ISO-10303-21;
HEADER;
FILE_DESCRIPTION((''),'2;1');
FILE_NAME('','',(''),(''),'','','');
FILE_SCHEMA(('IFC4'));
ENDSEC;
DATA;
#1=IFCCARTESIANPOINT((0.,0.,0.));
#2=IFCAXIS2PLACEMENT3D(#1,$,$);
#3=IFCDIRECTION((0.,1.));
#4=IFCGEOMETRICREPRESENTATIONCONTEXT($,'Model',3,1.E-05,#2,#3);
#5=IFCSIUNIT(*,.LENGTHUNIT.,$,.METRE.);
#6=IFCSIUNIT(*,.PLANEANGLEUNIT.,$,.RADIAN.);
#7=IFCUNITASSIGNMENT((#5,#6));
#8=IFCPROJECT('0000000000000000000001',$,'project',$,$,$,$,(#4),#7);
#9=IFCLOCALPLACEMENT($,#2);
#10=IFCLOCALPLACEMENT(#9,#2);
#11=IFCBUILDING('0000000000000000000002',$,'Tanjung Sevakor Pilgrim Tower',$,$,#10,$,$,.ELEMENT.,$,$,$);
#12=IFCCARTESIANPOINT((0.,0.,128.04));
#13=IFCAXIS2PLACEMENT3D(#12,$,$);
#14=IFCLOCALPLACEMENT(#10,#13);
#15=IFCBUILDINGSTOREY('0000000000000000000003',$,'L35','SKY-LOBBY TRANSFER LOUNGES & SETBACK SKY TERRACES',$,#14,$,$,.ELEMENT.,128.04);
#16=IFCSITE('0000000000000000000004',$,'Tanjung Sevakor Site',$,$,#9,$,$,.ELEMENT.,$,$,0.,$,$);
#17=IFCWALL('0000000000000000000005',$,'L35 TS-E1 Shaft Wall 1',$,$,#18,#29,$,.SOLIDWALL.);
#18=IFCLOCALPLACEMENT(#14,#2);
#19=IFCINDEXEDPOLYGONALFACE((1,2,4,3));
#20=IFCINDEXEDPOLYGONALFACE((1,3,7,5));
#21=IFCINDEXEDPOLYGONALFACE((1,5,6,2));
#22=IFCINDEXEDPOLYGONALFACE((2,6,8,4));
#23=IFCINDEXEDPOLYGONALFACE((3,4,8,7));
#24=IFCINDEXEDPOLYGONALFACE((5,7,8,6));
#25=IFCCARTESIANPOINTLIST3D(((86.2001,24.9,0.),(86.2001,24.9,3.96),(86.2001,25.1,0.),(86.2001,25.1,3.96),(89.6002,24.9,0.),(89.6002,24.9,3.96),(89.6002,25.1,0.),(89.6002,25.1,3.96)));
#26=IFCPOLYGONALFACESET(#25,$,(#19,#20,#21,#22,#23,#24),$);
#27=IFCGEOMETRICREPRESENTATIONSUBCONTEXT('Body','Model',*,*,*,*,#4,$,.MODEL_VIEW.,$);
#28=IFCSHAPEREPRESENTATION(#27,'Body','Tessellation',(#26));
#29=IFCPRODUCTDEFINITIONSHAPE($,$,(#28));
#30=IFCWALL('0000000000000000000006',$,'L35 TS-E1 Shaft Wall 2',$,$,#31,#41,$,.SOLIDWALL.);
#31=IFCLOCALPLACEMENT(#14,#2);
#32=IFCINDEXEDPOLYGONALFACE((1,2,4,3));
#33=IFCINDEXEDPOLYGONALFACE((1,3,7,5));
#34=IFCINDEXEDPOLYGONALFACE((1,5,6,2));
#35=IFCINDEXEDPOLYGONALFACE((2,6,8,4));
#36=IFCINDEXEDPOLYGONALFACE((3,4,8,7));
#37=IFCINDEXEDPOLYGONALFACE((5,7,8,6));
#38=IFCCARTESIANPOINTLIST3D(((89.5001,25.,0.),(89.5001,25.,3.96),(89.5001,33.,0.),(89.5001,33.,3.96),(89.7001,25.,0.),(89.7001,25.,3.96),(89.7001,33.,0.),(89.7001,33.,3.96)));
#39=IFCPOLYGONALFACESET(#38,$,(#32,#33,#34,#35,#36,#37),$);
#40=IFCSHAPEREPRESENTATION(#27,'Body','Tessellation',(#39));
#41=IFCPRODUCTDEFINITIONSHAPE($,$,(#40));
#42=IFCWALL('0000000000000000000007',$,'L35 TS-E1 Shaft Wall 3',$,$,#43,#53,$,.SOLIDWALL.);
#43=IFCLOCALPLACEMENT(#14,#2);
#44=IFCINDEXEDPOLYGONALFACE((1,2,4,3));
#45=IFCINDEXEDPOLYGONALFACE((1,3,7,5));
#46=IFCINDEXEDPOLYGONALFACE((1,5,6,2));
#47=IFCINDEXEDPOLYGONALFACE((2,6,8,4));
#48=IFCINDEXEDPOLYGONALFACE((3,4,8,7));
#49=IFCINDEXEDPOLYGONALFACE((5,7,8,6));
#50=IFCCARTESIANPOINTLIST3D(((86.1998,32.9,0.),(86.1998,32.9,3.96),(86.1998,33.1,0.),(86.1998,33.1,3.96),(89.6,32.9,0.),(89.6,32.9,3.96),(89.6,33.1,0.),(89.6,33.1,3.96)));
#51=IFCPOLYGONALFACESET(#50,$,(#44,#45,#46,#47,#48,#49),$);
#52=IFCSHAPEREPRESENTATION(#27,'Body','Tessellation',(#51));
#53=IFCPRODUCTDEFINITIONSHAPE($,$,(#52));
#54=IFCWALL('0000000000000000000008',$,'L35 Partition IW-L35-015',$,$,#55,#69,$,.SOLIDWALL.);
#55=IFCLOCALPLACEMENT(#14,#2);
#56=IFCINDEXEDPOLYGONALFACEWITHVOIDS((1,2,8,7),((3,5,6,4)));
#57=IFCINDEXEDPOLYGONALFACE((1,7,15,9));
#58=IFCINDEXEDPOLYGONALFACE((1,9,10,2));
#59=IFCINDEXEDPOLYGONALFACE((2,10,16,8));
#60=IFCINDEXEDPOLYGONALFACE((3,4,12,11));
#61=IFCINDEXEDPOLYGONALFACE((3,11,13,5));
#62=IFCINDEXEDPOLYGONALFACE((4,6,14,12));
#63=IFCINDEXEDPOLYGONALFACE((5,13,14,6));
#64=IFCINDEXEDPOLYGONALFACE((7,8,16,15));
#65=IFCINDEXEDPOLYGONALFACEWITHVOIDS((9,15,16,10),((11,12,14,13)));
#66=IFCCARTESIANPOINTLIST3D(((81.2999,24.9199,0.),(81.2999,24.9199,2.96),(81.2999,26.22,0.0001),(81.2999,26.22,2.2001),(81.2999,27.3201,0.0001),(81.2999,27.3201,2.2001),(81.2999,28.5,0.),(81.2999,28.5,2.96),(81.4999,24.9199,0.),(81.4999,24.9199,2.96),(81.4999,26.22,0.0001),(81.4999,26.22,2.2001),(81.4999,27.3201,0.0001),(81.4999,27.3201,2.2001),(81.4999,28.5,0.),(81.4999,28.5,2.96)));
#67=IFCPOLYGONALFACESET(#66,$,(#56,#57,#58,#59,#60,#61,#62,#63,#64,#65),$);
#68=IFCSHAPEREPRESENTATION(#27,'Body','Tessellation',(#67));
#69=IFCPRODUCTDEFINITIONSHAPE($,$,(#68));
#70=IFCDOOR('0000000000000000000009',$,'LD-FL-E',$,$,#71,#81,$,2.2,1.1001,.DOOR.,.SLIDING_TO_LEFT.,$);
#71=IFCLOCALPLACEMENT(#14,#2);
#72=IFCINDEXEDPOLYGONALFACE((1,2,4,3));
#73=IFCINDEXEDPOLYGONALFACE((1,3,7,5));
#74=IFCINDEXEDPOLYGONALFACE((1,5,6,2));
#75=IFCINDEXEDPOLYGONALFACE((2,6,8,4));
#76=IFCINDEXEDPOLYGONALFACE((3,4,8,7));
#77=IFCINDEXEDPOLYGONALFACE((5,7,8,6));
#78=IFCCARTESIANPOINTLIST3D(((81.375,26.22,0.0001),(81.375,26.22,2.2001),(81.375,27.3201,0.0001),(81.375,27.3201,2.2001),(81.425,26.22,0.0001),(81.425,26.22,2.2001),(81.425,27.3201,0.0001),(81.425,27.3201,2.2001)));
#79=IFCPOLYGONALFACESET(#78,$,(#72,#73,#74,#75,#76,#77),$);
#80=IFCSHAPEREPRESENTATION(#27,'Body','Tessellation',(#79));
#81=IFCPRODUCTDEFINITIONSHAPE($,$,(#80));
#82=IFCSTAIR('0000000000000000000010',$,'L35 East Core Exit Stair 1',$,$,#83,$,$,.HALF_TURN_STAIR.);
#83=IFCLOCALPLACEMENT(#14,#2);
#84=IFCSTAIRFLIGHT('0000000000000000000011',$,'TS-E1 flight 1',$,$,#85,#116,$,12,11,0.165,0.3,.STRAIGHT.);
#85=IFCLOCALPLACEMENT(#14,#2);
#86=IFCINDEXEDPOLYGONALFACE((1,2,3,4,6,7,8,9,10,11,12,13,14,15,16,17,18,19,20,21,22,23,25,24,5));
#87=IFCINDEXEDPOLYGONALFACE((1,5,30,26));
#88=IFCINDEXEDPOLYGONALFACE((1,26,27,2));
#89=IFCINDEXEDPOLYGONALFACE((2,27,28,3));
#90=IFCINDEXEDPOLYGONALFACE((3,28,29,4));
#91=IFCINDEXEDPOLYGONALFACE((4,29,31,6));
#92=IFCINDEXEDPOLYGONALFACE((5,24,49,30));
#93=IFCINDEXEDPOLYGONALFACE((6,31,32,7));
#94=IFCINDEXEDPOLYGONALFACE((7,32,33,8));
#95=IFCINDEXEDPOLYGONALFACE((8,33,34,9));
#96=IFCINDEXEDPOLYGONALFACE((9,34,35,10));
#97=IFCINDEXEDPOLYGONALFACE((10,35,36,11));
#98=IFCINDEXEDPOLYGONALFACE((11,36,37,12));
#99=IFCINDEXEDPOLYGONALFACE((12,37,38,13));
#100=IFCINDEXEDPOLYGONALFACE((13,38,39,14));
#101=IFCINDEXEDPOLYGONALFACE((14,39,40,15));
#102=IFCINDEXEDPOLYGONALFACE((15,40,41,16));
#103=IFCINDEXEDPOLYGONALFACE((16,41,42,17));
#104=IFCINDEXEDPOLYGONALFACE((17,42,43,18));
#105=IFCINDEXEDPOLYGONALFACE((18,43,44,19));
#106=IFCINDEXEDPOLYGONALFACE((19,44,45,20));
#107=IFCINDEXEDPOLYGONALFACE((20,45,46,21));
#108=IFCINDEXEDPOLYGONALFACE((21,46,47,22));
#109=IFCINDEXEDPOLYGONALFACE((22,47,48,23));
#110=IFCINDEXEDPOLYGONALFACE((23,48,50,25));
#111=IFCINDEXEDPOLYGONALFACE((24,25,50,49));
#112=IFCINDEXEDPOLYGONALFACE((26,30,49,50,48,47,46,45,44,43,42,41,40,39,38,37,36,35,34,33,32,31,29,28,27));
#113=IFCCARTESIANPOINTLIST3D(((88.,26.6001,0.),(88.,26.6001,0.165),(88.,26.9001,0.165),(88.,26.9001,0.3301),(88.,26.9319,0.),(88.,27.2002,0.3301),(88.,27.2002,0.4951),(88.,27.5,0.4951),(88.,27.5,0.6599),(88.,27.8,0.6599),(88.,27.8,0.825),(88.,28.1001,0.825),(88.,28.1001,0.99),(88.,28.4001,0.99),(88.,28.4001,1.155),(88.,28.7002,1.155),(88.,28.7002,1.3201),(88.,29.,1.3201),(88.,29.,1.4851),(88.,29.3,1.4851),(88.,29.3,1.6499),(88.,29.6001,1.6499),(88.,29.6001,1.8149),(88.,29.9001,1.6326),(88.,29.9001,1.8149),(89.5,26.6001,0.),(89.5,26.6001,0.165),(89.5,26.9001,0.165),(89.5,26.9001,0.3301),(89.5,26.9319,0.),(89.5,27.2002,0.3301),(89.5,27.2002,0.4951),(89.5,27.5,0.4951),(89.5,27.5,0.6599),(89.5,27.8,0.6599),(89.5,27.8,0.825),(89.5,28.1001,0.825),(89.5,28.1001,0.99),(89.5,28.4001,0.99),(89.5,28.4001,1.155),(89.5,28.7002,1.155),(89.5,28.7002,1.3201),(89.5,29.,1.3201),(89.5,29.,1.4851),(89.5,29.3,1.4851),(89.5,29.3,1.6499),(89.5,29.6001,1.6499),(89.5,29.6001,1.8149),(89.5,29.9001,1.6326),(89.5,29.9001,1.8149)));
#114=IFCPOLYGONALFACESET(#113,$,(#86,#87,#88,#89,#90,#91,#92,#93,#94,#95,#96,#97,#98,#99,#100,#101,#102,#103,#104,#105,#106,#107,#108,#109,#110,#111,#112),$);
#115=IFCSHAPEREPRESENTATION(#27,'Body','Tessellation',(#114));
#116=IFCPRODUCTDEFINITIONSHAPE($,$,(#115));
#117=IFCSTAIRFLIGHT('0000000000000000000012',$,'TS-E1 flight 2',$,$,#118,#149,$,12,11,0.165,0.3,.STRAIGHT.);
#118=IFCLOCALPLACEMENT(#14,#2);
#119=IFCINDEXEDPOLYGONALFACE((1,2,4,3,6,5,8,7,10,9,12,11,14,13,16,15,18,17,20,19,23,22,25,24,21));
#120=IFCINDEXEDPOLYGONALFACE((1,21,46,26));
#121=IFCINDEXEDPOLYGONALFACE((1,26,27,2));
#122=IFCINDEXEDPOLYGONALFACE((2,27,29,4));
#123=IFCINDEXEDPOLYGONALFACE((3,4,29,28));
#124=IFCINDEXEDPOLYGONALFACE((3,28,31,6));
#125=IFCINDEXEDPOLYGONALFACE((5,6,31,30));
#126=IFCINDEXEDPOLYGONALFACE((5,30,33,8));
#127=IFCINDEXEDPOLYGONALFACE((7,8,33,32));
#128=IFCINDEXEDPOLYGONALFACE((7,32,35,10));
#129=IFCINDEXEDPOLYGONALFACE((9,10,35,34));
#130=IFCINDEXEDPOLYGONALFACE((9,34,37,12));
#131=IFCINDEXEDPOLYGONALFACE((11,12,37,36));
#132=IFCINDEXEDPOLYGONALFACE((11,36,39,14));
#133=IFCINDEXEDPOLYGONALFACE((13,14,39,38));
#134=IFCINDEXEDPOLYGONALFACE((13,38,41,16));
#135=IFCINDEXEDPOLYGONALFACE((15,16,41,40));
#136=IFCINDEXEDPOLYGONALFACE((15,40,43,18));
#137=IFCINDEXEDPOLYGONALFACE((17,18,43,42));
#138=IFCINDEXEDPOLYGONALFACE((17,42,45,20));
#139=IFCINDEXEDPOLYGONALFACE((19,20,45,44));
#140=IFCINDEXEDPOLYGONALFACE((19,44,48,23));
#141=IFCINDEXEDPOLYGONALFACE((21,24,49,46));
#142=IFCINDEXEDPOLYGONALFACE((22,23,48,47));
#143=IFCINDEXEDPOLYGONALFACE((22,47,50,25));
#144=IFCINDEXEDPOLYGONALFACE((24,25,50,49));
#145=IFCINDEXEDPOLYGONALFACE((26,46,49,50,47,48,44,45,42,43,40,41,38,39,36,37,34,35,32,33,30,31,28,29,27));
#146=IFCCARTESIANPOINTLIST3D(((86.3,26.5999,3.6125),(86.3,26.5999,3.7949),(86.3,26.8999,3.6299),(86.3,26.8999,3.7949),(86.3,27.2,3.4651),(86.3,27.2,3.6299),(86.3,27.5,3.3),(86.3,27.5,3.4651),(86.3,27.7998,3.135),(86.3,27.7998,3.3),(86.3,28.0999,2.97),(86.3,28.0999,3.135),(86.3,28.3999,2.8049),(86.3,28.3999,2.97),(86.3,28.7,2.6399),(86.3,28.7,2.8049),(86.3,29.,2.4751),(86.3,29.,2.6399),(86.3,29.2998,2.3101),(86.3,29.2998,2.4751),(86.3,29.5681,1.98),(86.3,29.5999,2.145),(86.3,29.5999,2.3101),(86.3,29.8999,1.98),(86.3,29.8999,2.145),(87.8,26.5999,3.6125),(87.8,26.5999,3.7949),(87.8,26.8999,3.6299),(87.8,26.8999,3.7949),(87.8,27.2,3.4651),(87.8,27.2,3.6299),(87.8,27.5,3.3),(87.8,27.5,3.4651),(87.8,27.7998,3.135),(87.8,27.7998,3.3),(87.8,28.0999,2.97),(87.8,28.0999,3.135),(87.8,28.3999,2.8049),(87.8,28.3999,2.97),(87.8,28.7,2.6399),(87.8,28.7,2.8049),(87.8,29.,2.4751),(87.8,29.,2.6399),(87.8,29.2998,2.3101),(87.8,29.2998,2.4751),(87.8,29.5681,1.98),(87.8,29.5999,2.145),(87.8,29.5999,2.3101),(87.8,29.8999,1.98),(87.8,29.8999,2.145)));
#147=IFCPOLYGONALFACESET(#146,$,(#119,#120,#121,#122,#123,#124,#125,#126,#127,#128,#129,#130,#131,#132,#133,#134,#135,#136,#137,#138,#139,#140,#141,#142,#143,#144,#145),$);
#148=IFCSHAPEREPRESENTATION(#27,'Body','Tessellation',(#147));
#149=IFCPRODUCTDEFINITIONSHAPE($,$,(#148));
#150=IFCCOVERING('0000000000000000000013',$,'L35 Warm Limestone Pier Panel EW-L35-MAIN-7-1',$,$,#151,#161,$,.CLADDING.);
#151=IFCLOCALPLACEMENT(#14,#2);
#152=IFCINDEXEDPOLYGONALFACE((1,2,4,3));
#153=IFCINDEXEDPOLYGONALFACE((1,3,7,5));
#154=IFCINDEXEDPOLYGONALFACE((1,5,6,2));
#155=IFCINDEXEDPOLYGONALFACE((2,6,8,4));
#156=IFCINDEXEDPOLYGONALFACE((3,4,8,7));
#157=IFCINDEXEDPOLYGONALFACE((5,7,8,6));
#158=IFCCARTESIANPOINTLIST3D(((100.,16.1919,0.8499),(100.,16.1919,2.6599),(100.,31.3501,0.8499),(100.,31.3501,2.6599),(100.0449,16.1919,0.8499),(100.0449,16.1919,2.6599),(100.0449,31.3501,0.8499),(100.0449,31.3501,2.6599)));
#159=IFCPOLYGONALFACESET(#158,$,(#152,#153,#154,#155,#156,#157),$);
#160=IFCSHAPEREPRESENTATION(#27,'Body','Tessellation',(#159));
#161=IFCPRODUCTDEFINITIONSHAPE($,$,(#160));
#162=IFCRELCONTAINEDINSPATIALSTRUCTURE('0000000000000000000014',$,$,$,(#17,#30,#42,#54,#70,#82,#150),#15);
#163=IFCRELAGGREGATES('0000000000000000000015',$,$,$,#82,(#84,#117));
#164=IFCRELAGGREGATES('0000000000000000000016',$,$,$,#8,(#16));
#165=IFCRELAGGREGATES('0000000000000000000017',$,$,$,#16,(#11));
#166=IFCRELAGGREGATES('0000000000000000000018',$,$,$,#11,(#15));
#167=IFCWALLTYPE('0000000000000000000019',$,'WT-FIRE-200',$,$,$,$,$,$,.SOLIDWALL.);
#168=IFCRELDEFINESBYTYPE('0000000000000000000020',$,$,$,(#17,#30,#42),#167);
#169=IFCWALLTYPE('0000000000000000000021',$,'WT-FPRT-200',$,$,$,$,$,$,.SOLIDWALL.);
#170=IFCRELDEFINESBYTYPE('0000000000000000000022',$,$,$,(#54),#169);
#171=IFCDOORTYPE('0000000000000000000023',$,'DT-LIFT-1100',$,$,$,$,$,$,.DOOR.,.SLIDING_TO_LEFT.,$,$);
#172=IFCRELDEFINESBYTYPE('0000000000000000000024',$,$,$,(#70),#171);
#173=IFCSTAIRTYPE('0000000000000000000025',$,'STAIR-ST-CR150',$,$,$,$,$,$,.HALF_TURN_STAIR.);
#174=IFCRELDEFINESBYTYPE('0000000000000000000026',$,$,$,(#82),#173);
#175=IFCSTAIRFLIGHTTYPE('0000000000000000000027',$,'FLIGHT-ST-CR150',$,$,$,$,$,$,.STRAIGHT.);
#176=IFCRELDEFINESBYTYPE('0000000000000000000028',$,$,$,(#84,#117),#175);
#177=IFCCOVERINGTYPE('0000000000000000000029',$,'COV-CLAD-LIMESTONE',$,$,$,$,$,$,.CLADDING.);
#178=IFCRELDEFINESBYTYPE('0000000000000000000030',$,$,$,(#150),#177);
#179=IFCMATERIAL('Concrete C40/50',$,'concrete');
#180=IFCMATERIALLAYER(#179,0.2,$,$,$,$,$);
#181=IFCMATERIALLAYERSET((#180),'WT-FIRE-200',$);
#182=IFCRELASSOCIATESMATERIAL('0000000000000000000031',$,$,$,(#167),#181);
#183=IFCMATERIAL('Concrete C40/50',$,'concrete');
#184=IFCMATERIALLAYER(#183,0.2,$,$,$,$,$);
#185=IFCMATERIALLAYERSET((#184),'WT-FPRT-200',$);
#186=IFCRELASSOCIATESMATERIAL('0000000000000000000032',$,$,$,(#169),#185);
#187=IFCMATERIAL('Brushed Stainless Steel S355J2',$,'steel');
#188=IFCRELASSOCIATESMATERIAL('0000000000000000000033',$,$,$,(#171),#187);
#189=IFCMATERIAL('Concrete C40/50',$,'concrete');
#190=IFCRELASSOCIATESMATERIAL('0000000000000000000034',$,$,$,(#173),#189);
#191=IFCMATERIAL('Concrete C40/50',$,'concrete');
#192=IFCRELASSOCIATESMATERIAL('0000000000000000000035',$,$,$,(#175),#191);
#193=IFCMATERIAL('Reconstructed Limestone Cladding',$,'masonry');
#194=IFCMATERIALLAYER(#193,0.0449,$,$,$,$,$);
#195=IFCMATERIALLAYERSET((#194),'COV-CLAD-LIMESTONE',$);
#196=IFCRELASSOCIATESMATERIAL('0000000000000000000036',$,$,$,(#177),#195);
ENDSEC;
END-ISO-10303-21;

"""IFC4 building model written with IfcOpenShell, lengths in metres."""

from ifc_helpers import new_model, si_unit, direction, frame, frame_2d, origin, origin_2d, place, context, subcontext, project, spatial, polyline, rectangle, outline, extrude, material, layer, layer_set, type_object, element, fill, aggregate, save


model = new_model("IFC4")

# Units and contexts
model_context = context("Model", 3, precision=1e-05, world=origin(), true_north=direction((0.0, 1.0)))
body_context = subcontext(model_context, "Body", "Model", "MODEL_VIEW")
ifc_project = project(units=[si_unit("LENGTHUNIT", "METRE"), si_unit("PLANEANGLEUNIT", "RADIAN")], contexts=[model_context])

# Site, building, storey
site_placement = place(None, origin())
site = spatial("IfcSite", under=ifc_project, at=site_placement, Name="Tanjung Sevakor Site", CompositionType="ELEMENT", RefElevation=0.0)
building_placement = place(site_placement, origin())
building = spatial("IfcBuilding", under=site, at=building_placement, Name="Tanjung Sevakor Pilgrim Tower", CompositionType="ELEMENT")
storey_placement = place(building_placement, frame((0.0, 0.0, 128.04)))
storey = spatial("IfcBuildingStorey", under=building, at=storey_placement, Name="L35", Description="SKY-LOBBY TRANSFER LOUNGES & SETBACK SKY TERRACES", CompositionType="ELEMENT", Elevation=128.04)

# Walls
ifc_material_1 = material(Name="Concrete C40/50", Category="concrete")
ifc_layer_1 = layer(ifc_material_1, 0.2)
ifc_layer_set_1 = layer_set([ifc_layer_1], Name="WT-FIRE-200")
wall_type_1 = type_object("IfcWallType", Name="WT-FIRE-200", PredefinedType="SOLIDWALL", material=ifc_layer_set_1)
wall_1_placement = place(storey_placement, frame((86.2, 25.0, 0.0), z_axis=(0.0, 0.0, 1.0), x_axis=(1.0, 0.0, 0.0)))
element("IfcWall", 1, at=wall_1_placement, inside=storey, type_object=wall_type_1, Name="L35 TS-E1 Shaft Wall 1", PredefinedType="SOLIDWALL", context=body_context, shape_type="SweptSolid", body=[
    extrude(rectangle(XDim=3.4001, YDim=0.2, at=frame_2d((1.7002, 0.0))), origin(), (0.0, 0.0, 1.0), 3.96),
])
wall_2_placement = place(storey_placement, frame((89.6001, 25.0, 0.0), z_axis=(0.0, 0.0, 1.0), x_axis=(0.0, 1.0, 0.0)))
element("IfcWall", 2, at=wall_2_placement, inside=storey, type_object=wall_type_1, Name="L35 TS-E1 Shaft Wall 2", PredefinedType="SOLIDWALL", context=body_context, shape_type="SweptSolid", body=[
    extrude(rectangle(XDim=8.0, YDim=0.2, at=frame_2d((4.0, 0.0))), origin(), (0.0, 0.0, 1.0), 3.96),
])
wall_3_placement = place(storey_placement, frame((89.6001, 33.0, 0.0), z_axis=(0.0, 0.0, 1.0), x_axis=(-1.0, 0.0, 0.0)))
element("IfcWall", 3, at=wall_3_placement, inside=storey, type_object=wall_type_1, Name="L35 TS-E1 Shaft Wall 3", PredefinedType="SOLIDWALL", context=body_context, shape_type="SweptSolid", body=[
    extrude(rectangle(XDim=3.4001, YDim=0.2, at=frame_2d((1.7002, 0.0))), origin(), (0.0, 0.0, 1.0), 3.96),
])

# Wall, opening, door
ifc_material_2 = material(Name="Concrete C40/50", Category="concrete")
ifc_layer_2 = layer(ifc_material_2, 0.2)
ifc_layer_set_2 = layer_set([ifc_layer_2], Name="WT-FPRT-200")
wall_type_2 = type_object("IfcWallType", Name="WT-FPRT-200", PredefinedType="SOLIDWALL", material=ifc_layer_set_2)
wall_4_placement = place(storey_placement, frame((81.3999, 24.9199, 0.0), z_axis=(0.0, 0.0, 1.0), x_axis=(0.0, 1.0, 0.0)))
wall_4 = element("IfcWall", 4, at=wall_4_placement, inside=storey, type_object=wall_type_2, Name="L35 Partition IW-L35-015", PredefinedType="SOLIDWALL", context=body_context, shape_type="SweptSolid", body=[
    extrude(rectangle(XDim=3.5801, YDim=0.2, at=frame_2d((1.79, 0.0))), origin(), (0.0, 0.0, 1.0), 2.96),
])
opening_1_placement = place(wall_4_placement, frame((1.3, 0.0, 0.0)))
opening_1 = element("IfcOpeningElement", 5, at=opening_1_placement, cuts=wall_4, PredefinedType="OPENING", context=body_context, shape_type="SweptSolid", body=[
    extrude(rectangle(XDim=1.1001, YDim=2.2, at=frame_2d((0.55, 1.1001))), frame((0.0, 0.1099, 0.0), z_axis=(0.0, -1.0, 0.0), x_axis=(1.0, 0.0, 0.0)), (0.0, 0.0, 1.0), 0.22),
])
ifc_material_3 = material(Name="Brushed Stainless Steel S355J2", Category="steel")
door_type_1 = type_object("IfcDoorType", Name="DT-LIFT-1100", OperationType="SLIDING_TO_LEFT", PredefinedType="DOOR", material=ifc_material_3)
door_1_placement = place(opening_1_placement, origin())
door_1 = element("IfcDoor", 6, at=door_1_placement, inside=storey, type_object=door_type_1, Name="LD-FL-E", OperationType="SLIDING_TO_LEFT", OverallHeight=2.2, OverallWidth=1.1001, PredefinedType="DOOR", context=body_context, shape_type="SweptSolid", body=[
    extrude(rectangle(XDim=1.1001, YDim=2.2, at=frame_2d((0.55, 1.1001))), frame((0.0, 0.0249, 0.0), z_axis=(0.0, -1.0, 0.0), x_axis=(1.0, 0.0, 0.0)), (0.0, 0.0, 1.0), 0.05),
])
fill(opening_1, door_1)

# Stair, stair flights
ifc_material_4 = material(Name="Concrete C40/50", Category="concrete")
stair_type = type_object("IfcStairType", Name="STAIR-ST-CR150", PredefinedType="HALF_TURN_STAIR", material=ifc_material_4)
stair_placement = place(storey_placement, origin())
stair = element("IfcStair", 7, at=stair_placement, inside=storey, type_object=stair_type, Name="L35 East Core Exit Stair 1", PredefinedType="HALF_TURN_STAIR")
ifc_material_5 = material(Name="Concrete C40/50", Category="concrete")
stair_flight_type = type_object("IfcStairFlightType", Name="FLIGHT-ST-CR150", PredefinedType="STRAIGHT", material=ifc_material_5)
stair_flight_1_placement = place(storey_placement, frame((88.75, 26.6001, 0.0), z_axis=(0.0, 0.0, 1.0), x_axis=(0.0, 1.0, 0.0)))
stair_flight_1 = element("IfcStairFlight", 8, at=stair_flight_1_placement, type_object=stair_flight_type, Name="TS-E1 flight 1", NumberOfRisers=12, NumberOfTreads=11, PredefinedType="STRAIGHT", RiserHeight=0.165, TreadLength=0.3, context=body_context, shape_type="SweptSolid", body=[
    extrude(outline(polyline([(0.0, 0.0), (0.0, 0.165), (0.3, 0.165), (0.3, 0.3301), (0.6001, 0.3301), (0.6001, 0.4951), (0.8999, 0.4951), (0.8999, 0.6599), (1.2, 0.6599), (1.2, 0.825), (1.5, 0.825), (1.5, 0.99), (1.8, 0.99), (1.8, 1.155), (2.1001, 1.155), (2.1001, 1.3201), (2.3999, 1.3201), (2.3999, 1.4851), (2.7, 1.4851), (2.7, 1.6499), (3.0, 1.6499), (3.0, 1.8149), (3.3, 1.8149), (3.3, 1.98), (3.3, 1.6326), (0.3318, 0.0), (0.0, 0.0)])), frame((0.0, 0.75, 0.0), z_axis=(0.0, -1.0, 0.0), x_axis=(1.0, 0.0, 0.0)), (0.0, 0.0, 1.0), 1.5),
])
stair_flight_2_placement = place(storey_placement, frame((87.05, 29.8999, 1.98), z_axis=(0.0, 0.0, 1.0), x_axis=(0.0, -1.0, 0.0)))
stair_flight_2 = element("IfcStairFlight", 9, at=stair_flight_2_placement, type_object=stair_flight_type, Name="TS-E1 flight 2", NumberOfRisers=12, NumberOfTreads=11, PredefinedType="STRAIGHT", RiserHeight=0.165, TreadLength=0.3, context=body_context, shape_type="SweptSolid", body=[
    extrude(outline(polyline([(0.0, 0.0), (0.0, 0.165), (0.3, 0.165), (0.3, 0.3301), (0.6001, 0.3301), (0.6001, 0.4951), (0.8999, 0.4951), (0.8999, 0.6599), (1.2, 0.6599), (1.2, 0.825), (1.5, 0.825), (1.5, 0.99), (1.8, 0.99), (1.8, 1.155), (2.1001, 1.155), (2.1001, 1.3201), (2.3999, 1.3201), (2.3999, 1.4851), (2.7, 1.4851), (2.7, 1.6499), (3.0, 1.6499), (3.0, 1.8149), (3.3, 1.8149), (3.3, 1.98), (3.3, 1.6326), (0.3318, 0.0), (0.0, 0.0)])), frame((0.0, 0.75, 0.0), z_axis=(0.0, -1.0, 0.0), x_axis=(1.0, 0.0, 0.0)), (0.0, 0.0, 1.0), 1.5),
])
aggregate(stair, [stair_flight_1, stair_flight_2])

# Covering
ifc_material_6 = material(Name="Reconstructed Limestone Cladding", Category="masonry")
ifc_layer_3 = layer(ifc_material_6, 0.0449)
ifc_layer_set_3 = layer_set([ifc_layer_3], Name="COV-CLAD-LIMESTONE")
covering_type = type_object("IfcCoveringType", Name="COV-CLAD-LIMESTONE", PredefinedType="CLADDING", material=ifc_layer_set_3)
covering_placement = place(storey_placement, frame((100.0225, 23.771, 0.8499), z_axis=(0.0, 0.0, 1.0), x_axis=(0.0, 1.0, 0.0)))
element("IfcCovering", 10, at=covering_placement, inside=storey, type_object=covering_type, Name="L35 Warm Limestone Pier Panel EW-L35-MAIN-7-1", PredefinedType="CLADDING", context=body_context, shape_type="SweptSolid", body=[
    extrude(rectangle(XDim=15.1582, YDim=0.0449, at=origin_2d()), origin(), (0.0, 0.0, 1.0), 1.8101),
])

save(model, "model.ifc")
